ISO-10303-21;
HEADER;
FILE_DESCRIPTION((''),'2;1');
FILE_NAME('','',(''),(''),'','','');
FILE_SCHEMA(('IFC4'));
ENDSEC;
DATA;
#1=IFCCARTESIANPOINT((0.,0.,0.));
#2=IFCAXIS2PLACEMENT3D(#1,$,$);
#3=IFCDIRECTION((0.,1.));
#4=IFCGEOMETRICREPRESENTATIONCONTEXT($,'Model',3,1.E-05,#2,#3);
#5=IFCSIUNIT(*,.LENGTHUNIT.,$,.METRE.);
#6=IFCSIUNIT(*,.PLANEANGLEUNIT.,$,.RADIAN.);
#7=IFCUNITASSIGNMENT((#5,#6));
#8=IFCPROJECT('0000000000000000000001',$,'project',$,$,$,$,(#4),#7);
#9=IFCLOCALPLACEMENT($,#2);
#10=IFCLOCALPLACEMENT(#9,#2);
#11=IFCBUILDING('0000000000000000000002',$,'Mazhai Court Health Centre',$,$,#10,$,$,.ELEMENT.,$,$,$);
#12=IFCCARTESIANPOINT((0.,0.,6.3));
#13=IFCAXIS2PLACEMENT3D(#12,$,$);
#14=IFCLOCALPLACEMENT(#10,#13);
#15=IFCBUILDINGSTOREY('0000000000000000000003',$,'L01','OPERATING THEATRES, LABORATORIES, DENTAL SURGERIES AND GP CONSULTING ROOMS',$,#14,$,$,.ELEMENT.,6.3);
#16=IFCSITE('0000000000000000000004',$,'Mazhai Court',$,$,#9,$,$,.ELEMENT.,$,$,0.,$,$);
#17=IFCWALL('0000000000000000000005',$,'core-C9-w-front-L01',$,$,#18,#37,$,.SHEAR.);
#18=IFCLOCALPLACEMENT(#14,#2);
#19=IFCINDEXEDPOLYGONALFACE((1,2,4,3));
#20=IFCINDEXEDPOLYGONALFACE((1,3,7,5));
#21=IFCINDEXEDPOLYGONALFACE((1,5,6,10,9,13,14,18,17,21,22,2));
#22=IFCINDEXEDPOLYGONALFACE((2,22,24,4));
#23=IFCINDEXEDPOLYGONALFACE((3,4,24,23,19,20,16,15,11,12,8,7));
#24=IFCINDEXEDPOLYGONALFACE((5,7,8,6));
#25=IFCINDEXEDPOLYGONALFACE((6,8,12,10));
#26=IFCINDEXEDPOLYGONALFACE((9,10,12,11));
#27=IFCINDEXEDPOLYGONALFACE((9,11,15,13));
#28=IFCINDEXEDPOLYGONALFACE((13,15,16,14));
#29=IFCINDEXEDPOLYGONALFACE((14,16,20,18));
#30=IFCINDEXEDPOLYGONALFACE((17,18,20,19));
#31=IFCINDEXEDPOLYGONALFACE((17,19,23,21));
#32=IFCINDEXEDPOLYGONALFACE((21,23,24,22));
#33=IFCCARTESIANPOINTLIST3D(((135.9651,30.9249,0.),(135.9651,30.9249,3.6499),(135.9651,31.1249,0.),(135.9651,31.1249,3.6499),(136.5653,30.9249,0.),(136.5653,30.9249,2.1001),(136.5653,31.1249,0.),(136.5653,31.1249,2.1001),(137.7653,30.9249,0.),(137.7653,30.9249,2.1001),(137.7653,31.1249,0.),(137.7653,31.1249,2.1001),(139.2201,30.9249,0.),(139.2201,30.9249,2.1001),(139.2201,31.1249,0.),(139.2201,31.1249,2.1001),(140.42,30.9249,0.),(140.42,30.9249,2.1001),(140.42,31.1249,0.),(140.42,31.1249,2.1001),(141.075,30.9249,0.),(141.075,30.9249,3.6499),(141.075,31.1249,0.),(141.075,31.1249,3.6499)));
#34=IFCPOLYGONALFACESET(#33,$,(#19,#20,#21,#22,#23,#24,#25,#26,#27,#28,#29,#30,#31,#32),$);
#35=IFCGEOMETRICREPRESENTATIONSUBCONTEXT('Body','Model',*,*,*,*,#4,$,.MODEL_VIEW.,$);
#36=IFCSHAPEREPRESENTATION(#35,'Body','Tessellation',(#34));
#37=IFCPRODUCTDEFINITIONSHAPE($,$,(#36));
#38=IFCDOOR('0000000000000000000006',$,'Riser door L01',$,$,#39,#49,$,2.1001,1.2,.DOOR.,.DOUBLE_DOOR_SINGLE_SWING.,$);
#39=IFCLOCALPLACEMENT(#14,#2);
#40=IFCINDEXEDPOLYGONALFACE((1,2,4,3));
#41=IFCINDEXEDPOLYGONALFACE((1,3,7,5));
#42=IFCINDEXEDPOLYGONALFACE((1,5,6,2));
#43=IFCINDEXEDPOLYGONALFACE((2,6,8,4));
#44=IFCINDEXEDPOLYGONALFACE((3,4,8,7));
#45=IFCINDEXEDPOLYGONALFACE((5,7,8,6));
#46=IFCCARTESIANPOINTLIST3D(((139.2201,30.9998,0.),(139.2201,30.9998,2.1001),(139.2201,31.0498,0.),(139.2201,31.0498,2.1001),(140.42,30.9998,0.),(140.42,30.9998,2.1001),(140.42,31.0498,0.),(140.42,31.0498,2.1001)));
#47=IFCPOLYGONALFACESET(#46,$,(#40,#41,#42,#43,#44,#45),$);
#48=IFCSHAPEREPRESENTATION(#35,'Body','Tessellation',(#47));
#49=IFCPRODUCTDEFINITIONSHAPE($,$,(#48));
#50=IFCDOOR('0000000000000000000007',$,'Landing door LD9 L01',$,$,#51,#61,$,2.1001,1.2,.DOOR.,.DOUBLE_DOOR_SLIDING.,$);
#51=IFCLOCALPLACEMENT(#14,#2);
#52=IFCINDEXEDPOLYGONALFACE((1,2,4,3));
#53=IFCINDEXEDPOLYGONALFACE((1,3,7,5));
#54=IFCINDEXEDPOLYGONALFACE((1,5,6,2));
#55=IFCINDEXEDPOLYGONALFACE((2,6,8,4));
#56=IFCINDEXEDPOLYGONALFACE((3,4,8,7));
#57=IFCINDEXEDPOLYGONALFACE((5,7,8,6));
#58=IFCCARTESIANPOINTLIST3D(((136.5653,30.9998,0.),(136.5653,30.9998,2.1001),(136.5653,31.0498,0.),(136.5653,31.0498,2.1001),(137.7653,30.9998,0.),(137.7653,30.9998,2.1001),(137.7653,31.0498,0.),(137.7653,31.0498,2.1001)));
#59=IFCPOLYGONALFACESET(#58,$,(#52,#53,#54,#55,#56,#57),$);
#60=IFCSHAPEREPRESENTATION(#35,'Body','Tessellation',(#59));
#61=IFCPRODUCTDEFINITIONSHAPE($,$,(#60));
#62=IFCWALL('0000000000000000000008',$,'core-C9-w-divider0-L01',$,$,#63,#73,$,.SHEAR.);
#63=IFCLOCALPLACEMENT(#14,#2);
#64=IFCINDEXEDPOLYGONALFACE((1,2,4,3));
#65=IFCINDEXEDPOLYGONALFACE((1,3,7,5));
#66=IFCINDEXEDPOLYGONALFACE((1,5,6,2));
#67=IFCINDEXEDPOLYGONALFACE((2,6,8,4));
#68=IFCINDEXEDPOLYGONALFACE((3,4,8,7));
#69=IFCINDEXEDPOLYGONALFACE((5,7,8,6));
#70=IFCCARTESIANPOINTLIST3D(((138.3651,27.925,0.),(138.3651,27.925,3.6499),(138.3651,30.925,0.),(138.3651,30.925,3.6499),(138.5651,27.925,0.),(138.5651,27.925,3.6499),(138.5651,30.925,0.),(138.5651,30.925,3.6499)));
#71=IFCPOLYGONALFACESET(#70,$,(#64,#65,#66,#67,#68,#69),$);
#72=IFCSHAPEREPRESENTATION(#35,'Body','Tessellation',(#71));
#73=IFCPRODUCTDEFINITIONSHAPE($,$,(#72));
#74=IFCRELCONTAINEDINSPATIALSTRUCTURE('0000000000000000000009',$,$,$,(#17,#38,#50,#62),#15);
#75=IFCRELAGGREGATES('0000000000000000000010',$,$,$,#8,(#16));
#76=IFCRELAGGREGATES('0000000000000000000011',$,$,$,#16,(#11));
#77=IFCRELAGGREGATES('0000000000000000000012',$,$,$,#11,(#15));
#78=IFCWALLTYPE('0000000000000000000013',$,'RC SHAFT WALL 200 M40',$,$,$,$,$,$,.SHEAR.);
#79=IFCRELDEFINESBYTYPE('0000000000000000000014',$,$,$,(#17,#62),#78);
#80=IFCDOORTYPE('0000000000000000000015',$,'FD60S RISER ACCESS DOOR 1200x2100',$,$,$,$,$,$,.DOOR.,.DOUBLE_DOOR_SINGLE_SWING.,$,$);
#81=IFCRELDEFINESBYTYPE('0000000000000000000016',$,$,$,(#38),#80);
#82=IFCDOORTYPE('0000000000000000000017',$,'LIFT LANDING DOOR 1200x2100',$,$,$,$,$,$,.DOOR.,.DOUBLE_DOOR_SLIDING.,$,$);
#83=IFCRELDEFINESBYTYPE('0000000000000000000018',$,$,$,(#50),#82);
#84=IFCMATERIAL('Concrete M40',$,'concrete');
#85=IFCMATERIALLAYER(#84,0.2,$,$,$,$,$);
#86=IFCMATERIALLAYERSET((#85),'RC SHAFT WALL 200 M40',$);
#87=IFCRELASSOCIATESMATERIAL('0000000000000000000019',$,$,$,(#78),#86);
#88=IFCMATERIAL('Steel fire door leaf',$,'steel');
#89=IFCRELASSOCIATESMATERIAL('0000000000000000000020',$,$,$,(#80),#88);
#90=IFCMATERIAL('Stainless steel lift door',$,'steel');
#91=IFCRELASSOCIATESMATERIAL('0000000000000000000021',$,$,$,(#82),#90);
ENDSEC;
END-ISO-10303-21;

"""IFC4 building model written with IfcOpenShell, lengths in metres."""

from ifc_helpers import new_model, si_unit, direction, frame, frame_2d, origin, place, context, subcontext, project, spatial, rectangle, extrude, material, layer, layer_set, type_object, element, fill, save


model = new_model("IFC4")

# Units and contexts
model_context = context("Model", 3, precision=1e-05, world=origin(), true_north=direction((0.0, 1.0)))
body_context = subcontext(model_context, "Body", "Model", "MODEL_VIEW")
ifc_project = project(units=[si_unit("LENGTHUNIT", "METRE"), si_unit("PLANEANGLEUNIT", "RADIAN")], contexts=[model_context])

# Site, building, storey
site_placement = place(None, origin())
site = spatial("IfcSite", under=ifc_project, at=site_placement, Name="Mazhai Court", CompositionType="ELEMENT", RefElevation=0.0)
building_placement = place(site_placement, origin())
building = spatial("IfcBuilding", under=site, at=building_placement, Name="Mazhai Court Health Centre", CompositionType="ELEMENT")
storey_placement = place(building_placement, frame((0.0, 0.0, 6.3)))
storey = spatial("IfcBuildingStorey", under=building, at=storey_placement, Name="L01", Description="OPERATING THEATRES, LABORATORIES, DENTAL SURGERIES AND GP CONSULTING ROOMS", CompositionType="ELEMENT", Elevation=6.3)

# Wall, openings, doors
ifc_material_1 = material(Name="Concrete M40", Category="concrete")
ifc_layer_1 = layer(ifc_material_1, 0.2)
ifc_layer_set_1 = layer_set([ifc_layer_1], Name="RC SHAFT WALL 200 M40")
wall_type_1 = type_object("IfcWallType", Name="RC SHAFT WALL 200 M40", PredefinedType="SHEAR", material=ifc_layer_set_1)
wall_1_placement = place(storey_placement, frame((135.9651, 31.0249, 0.0), z_axis=(0.0, 0.0, 1.0), x_axis=(1.0, 0.0, 0.0)))
wall_1 = element("IfcWall", 1, at=wall_1_placement, inside=storey, type_object=wall_type_1, Name="core-C9-w-front-L01", PredefinedType="SHEAR", context=body_context, shape_type="SweptSolid", body=[
    extrude(rectangle(XDim=5.1099, YDim=0.2, at=frame_2d((2.5549, 0.0))), origin(), (0.0, 0.0, 1.0), 3.6499),
])
opening_1_placement = place(wall_1_placement, frame((0.6001, 0.0, 0.0)))
opening_1 = element("IfcOpeningElement", 2, at=opening_1_placement, cuts=wall_1, PredefinedType="OPENING", context=body_context, shape_type="SweptSolid", body=[
    extrude(rectangle(XDim=1.2, YDim=2.1001, at=frame_2d((0.6001, 1.05))), frame((0.0, 0.1099, 0.0), z_axis=(0.0, -1.0, 0.0), x_axis=(1.0, 0.0, 0.0)), (0.0, 0.0, 1.0), 0.22),
])
opening_2_placement = place(wall_1_placement, frame((3.2549, 0.0, 0.0)))
opening_2 = element("IfcOpeningElement", 3, at=opening_2_placement, cuts=wall_1, PredefinedType="OPENING", context=body_context, shape_type="SweptSolid", body=[
    extrude(rectangle(XDim=1.2, YDim=2.1001, at=frame_2d((0.6001, 1.05))), frame((0.0, 0.1099, 0.0), z_axis=(0.0, -1.0, 0.0), x_axis=(1.0, 0.0, 0.0)), (0.0, 0.0, 1.0), 0.22),
])
ifc_material_2 = material(Name="Steel fire door leaf", Category="steel")
door_type_1 = type_object("IfcDoorType", Name="FD60S RISER ACCESS DOOR 1200x2100", OperationType="DOUBLE_DOOR_SINGLE_SWING", PredefinedType="DOOR", material=ifc_material_2)
door_1_placement = place(opening_2_placement, origin())
door_1 = element("IfcDoor", 4, at=door_1_placement, inside=storey, type_object=door_type_1, Name="Riser door L01", OperationType="DOUBLE_DOOR_SINGLE_SWING", OverallHeight=2.1001, OverallWidth=1.2, PredefinedType="DOOR", context=body_context, shape_type="SweptSolid", body=[
    extrude(rectangle(XDim=1.2, YDim=2.1001, at=frame_2d((0.6001, 1.05))), frame((0.0, 0.0249, 0.0), z_axis=(0.0, -1.0, 0.0), x_axis=(1.0, 0.0, 0.0)), (0.0, 0.0, 1.0), 0.05),
])
fill(opening_2, door_1)
ifc_material_3 = material(Name="Stainless steel lift door", Category="steel")
door_type_2 = type_object("IfcDoorType", Name="LIFT LANDING DOOR 1200x2100", OperationType="DOUBLE_DOOR_SLIDING", PredefinedType="DOOR", material=ifc_material_3)
door_2_placement = place(opening_1_placement, origin())
door_2 = element("IfcDoor", 5, at=door_2_placement, inside=storey, type_object=door_type_2, Name="Landing door LD9 L01", OperationType="DOUBLE_DOOR_SLIDING", OverallHeight=2.1001, OverallWidth=1.2, PredefinedType="DOOR", context=body_context, shape_type="SweptSolid", body=[
    extrude(rectangle(XDim=1.2, YDim=2.1001, at=frame_2d((0.6001, 1.05))), frame((0.0, 0.0249, 0.0), z_axis=(0.0, -1.0, 0.0), x_axis=(1.0, 0.0, 0.0)), (0.0, 0.0, 1.0), 0.05),
])
fill(opening_1, door_2)

# Wall
wall_2_placement = place(storey_placement, frame((138.4651, 27.925, 0.0), z_axis=(0.0, 0.0, 1.0), x_axis=(0.0, 1.0, 0.0)))
element("IfcWall", 6, at=wall_2_placement, inside=storey, type_object=wall_type_1, Name="core-C9-w-divider0-L01", PredefinedType="SHEAR", context=body_context, shape_type="SweptSolid", body=[
    extrude(rectangle(XDim=3.0, YDim=0.2, at=frame_2d((1.5, 0.0))), origin(), (0.0, 0.0, 1.0), 3.6499),
])

save(model, "model.ifc")
